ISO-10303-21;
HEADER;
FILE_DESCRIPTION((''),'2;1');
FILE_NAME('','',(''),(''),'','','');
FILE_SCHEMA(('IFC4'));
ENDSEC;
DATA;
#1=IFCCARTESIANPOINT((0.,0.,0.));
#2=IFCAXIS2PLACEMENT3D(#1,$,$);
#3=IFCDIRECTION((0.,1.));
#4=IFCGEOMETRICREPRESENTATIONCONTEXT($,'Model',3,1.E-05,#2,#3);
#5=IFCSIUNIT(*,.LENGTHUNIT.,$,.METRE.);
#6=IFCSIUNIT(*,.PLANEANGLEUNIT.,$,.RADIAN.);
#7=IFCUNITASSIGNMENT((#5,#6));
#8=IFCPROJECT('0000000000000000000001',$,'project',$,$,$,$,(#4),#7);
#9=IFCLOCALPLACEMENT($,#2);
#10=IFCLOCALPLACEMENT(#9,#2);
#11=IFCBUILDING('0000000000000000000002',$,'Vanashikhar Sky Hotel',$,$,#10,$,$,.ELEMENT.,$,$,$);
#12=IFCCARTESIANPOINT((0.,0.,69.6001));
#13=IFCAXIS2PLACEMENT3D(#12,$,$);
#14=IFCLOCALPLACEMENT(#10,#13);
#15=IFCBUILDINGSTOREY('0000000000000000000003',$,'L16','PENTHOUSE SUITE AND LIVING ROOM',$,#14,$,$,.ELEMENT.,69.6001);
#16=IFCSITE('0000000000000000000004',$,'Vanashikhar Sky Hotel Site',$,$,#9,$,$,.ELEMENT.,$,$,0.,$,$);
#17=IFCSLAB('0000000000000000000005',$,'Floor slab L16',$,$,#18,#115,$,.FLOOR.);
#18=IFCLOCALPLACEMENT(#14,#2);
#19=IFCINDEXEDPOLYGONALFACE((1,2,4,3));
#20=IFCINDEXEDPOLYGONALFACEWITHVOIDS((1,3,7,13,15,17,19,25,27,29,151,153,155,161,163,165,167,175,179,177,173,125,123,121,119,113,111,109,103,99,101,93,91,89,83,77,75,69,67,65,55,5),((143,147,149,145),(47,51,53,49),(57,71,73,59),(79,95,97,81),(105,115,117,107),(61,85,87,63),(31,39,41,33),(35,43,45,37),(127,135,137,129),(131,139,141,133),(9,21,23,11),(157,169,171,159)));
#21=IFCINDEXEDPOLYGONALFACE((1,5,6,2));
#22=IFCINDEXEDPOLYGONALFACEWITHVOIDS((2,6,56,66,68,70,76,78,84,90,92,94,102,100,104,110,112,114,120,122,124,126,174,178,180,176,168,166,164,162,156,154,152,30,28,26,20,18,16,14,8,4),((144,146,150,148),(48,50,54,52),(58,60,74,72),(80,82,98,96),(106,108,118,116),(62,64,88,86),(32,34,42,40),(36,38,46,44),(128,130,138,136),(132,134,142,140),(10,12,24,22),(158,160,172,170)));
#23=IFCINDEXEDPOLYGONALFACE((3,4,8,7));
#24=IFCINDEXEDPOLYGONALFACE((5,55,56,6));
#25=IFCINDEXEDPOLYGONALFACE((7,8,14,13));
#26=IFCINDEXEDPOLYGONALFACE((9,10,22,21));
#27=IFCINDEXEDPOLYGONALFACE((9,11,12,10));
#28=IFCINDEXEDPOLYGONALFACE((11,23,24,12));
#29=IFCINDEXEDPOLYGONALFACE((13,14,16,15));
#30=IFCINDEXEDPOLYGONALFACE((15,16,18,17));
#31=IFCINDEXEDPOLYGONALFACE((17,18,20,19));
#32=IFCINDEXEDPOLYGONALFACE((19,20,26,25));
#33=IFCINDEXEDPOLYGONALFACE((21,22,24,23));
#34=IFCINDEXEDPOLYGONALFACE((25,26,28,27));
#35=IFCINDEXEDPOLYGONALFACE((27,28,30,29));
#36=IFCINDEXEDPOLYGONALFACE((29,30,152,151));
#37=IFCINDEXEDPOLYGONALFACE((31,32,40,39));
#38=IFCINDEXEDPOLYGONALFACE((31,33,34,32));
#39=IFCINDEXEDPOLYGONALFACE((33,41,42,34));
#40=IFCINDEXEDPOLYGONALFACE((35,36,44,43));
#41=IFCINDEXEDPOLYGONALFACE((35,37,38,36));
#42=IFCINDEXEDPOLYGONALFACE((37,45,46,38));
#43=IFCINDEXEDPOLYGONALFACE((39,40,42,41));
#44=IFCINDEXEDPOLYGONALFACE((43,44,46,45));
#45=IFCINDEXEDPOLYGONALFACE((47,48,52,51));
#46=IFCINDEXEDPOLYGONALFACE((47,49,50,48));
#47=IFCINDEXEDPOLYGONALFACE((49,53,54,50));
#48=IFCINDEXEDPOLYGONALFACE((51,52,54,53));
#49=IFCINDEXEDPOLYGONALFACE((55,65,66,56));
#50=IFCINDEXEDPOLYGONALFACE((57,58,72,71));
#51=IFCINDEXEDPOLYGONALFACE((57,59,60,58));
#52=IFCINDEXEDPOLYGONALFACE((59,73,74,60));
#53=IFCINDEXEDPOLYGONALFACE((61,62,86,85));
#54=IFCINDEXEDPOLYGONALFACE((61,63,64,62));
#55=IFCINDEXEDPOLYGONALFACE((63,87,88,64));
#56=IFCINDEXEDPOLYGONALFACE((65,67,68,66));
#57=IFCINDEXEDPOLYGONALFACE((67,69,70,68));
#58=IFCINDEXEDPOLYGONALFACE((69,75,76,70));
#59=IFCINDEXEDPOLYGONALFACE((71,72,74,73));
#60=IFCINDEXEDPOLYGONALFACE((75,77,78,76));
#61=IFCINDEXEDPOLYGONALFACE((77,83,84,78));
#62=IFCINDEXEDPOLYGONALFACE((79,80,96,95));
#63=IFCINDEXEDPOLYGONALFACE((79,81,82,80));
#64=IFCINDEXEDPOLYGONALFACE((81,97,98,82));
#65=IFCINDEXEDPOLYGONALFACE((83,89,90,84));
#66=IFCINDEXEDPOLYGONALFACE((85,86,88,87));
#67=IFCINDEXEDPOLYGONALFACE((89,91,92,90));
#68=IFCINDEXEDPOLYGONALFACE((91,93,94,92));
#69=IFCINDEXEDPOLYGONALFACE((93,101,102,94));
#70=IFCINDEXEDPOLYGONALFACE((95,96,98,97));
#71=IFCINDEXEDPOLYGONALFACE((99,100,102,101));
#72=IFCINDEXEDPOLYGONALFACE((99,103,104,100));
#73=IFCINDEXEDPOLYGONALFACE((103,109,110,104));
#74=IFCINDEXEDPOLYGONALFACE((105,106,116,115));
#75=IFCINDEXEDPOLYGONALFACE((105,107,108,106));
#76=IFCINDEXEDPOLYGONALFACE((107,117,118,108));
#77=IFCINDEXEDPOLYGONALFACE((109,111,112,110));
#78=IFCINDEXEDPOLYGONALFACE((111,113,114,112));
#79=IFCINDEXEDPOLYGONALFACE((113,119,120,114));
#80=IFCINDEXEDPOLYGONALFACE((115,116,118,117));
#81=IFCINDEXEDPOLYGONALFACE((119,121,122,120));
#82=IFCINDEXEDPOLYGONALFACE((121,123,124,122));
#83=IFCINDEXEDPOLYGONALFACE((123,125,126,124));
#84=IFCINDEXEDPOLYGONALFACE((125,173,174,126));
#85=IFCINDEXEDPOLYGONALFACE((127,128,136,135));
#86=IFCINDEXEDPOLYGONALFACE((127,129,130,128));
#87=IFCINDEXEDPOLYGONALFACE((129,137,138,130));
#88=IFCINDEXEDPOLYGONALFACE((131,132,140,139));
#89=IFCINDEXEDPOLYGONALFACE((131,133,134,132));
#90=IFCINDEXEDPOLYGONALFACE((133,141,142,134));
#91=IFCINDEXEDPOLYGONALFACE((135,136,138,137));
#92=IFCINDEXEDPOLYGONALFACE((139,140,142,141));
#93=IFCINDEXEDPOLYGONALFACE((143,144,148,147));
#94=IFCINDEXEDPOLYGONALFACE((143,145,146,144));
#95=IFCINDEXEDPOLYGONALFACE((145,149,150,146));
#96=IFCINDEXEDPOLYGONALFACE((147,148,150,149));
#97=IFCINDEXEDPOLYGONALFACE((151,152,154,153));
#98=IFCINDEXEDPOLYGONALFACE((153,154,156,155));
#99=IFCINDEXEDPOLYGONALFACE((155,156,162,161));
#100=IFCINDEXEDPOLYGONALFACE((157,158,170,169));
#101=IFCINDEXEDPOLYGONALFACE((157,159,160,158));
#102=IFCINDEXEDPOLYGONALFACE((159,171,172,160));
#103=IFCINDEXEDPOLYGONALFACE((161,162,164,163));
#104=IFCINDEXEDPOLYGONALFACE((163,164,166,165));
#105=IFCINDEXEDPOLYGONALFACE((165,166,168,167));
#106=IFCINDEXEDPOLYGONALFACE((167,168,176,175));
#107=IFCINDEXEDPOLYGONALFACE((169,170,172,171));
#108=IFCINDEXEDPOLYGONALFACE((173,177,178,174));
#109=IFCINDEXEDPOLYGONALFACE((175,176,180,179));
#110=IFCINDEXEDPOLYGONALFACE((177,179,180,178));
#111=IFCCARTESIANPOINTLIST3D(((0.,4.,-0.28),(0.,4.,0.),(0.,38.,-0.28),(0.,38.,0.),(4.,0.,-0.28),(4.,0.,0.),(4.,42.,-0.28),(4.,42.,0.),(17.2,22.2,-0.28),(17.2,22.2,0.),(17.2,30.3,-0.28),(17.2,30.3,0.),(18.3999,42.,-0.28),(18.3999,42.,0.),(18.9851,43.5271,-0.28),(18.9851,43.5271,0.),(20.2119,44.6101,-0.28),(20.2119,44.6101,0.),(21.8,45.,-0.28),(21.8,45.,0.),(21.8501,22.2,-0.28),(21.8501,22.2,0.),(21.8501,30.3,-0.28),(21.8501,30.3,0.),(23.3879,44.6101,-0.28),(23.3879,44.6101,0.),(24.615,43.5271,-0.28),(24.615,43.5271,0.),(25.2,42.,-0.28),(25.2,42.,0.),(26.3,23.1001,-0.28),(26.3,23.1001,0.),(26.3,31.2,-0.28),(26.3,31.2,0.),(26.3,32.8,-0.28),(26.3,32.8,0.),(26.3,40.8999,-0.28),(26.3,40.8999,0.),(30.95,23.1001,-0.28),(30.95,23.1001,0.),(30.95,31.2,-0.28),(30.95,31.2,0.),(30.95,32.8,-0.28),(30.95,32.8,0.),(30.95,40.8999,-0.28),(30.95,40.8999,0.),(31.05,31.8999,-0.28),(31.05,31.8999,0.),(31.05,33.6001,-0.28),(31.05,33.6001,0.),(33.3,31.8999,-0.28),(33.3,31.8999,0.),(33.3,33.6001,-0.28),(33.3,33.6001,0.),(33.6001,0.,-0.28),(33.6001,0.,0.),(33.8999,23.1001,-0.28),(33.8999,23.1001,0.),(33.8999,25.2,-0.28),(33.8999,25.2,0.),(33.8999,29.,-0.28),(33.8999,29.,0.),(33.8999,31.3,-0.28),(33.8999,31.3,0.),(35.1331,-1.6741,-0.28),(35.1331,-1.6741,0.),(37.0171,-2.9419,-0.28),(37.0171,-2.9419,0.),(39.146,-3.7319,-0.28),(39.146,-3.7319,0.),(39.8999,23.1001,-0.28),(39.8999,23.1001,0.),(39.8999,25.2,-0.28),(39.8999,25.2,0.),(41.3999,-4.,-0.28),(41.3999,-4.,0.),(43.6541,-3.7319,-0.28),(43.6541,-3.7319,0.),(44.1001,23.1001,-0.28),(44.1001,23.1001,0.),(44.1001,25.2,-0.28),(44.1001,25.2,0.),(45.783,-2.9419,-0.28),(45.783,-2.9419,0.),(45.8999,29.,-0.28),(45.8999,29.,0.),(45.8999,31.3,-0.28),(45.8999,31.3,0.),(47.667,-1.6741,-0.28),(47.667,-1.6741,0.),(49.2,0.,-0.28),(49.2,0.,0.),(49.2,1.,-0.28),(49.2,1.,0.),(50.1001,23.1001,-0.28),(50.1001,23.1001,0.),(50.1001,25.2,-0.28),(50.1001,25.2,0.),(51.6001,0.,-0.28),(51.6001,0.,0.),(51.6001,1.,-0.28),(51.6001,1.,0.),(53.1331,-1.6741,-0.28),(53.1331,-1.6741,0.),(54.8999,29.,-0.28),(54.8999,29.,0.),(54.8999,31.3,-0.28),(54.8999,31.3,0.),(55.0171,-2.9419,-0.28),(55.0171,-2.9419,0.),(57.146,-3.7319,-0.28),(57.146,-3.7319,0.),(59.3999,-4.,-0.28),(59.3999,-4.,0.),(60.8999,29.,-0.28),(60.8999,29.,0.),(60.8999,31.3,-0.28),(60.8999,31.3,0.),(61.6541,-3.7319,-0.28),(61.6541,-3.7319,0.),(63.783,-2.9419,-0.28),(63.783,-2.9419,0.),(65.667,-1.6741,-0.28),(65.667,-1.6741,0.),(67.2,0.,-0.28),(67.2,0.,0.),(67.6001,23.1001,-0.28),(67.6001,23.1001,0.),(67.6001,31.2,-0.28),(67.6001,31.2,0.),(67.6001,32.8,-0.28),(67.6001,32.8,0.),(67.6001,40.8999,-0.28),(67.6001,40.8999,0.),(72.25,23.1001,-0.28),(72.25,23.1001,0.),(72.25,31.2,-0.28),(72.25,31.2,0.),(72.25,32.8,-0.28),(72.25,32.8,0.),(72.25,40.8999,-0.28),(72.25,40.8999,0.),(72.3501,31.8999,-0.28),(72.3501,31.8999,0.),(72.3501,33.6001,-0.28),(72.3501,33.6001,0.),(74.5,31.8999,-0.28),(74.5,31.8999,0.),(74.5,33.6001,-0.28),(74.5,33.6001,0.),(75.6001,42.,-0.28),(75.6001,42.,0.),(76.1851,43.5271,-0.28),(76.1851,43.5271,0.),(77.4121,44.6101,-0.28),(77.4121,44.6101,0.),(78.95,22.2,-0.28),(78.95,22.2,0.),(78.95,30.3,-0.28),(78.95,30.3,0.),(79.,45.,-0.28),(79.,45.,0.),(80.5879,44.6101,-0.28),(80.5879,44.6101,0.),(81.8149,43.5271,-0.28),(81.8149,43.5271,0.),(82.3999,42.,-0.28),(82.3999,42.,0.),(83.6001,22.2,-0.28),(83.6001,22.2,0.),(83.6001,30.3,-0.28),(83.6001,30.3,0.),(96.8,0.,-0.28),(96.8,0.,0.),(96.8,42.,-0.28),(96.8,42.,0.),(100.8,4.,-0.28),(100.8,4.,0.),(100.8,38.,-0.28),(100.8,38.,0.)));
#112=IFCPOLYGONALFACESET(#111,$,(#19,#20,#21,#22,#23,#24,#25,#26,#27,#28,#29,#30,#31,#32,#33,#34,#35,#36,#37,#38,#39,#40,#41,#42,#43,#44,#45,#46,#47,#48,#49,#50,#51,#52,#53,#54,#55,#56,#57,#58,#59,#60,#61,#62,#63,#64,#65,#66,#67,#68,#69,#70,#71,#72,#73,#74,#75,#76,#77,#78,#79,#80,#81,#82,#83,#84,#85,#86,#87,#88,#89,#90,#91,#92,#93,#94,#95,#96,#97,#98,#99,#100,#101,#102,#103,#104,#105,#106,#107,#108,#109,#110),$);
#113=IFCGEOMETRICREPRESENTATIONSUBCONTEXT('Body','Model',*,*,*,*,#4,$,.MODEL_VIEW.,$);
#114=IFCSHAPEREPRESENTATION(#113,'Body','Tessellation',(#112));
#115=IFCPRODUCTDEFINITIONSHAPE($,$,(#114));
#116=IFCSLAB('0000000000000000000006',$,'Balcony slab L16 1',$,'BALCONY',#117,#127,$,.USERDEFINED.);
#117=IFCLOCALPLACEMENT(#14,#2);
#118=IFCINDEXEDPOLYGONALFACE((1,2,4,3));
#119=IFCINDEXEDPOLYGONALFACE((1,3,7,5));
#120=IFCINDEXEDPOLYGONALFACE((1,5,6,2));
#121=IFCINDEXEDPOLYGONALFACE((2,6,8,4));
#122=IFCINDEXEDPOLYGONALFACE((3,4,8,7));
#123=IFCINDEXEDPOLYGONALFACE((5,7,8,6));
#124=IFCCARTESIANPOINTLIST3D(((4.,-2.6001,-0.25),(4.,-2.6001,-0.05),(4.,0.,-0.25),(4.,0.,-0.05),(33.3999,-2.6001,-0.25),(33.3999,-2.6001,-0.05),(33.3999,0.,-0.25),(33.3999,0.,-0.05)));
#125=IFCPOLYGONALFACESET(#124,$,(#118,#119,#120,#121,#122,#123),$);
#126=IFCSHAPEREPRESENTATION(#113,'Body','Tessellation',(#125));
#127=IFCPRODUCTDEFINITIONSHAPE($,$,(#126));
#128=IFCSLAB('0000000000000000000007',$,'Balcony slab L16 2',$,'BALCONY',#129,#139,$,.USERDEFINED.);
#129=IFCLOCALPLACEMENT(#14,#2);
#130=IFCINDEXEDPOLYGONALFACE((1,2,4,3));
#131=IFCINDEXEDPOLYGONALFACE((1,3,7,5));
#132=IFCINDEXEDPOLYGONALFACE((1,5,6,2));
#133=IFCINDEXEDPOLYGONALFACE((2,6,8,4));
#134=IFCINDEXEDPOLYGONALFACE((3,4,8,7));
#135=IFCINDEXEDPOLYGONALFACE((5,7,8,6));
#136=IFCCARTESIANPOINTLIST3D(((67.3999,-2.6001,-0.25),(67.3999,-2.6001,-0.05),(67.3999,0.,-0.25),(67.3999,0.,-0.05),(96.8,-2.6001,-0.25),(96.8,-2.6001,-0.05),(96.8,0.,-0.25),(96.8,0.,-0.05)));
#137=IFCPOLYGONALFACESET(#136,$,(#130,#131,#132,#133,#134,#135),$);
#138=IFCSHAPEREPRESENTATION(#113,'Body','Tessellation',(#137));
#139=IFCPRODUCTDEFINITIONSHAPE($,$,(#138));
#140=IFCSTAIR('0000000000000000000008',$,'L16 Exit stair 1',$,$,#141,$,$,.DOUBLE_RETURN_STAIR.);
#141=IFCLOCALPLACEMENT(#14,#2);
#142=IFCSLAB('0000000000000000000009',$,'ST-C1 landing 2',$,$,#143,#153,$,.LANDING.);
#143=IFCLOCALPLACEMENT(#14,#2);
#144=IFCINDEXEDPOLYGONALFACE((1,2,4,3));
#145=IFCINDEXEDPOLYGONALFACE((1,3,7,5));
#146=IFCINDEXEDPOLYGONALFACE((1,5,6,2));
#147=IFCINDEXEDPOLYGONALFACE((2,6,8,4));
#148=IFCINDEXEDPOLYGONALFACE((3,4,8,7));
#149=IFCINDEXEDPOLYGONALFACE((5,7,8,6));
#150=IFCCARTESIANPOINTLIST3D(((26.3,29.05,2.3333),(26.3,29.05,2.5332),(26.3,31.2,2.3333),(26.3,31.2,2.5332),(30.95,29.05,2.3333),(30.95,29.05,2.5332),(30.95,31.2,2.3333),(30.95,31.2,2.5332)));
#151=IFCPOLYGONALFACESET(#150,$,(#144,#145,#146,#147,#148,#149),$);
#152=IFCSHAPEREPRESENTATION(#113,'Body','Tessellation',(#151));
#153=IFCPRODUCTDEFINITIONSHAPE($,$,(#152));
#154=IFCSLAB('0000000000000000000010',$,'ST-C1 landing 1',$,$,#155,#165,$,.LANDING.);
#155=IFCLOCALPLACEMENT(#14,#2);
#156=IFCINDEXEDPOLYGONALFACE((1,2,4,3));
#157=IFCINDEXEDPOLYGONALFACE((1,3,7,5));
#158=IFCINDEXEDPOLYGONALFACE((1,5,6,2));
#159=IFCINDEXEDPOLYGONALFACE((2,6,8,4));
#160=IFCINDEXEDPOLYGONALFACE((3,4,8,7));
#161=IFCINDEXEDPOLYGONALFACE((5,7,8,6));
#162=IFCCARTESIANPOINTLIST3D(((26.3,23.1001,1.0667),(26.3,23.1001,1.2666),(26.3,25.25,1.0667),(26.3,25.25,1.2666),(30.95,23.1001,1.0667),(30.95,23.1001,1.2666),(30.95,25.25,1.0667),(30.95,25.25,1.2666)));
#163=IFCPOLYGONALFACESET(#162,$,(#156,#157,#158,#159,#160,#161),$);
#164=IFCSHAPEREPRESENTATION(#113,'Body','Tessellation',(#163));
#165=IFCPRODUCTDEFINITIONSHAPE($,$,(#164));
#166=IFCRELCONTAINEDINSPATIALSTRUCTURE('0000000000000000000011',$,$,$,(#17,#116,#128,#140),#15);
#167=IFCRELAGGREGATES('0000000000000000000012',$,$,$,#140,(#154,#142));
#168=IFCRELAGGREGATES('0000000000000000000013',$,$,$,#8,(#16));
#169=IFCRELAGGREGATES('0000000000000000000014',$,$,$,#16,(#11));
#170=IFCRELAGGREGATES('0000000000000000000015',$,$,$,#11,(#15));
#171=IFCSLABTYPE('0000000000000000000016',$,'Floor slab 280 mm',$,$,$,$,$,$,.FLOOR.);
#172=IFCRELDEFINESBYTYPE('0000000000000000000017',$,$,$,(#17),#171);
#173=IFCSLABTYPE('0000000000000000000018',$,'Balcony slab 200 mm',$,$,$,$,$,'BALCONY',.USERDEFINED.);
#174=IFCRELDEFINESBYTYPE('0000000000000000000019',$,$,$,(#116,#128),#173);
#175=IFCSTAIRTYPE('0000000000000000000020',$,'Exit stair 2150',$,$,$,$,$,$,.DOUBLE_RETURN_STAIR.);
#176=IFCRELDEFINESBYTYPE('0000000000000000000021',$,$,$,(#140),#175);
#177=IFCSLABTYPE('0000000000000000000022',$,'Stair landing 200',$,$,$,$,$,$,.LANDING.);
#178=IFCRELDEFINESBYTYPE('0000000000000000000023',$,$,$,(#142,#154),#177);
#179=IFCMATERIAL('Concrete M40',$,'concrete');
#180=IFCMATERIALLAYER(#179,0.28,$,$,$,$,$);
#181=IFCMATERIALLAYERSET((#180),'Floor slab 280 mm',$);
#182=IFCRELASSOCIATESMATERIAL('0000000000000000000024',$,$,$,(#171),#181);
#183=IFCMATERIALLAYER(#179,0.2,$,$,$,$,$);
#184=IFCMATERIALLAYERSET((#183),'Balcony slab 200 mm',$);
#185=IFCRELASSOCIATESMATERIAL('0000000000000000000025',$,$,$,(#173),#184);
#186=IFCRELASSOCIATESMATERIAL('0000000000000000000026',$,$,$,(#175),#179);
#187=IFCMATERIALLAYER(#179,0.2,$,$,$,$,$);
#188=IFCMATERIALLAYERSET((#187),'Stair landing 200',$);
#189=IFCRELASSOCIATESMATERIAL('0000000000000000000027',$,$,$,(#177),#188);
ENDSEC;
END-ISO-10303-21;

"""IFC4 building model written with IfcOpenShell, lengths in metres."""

from ifc_helpers import new_model, si_unit, direction, frame, origin, place, context, subcontext, project, spatial, polyline, outline, extrude, source, transform, mapped, material, layer, layer_set, type_object, element, aggregate, save


model = new_model("IFC4")

# Units and contexts
model_context = context("Model", 3, precision=1e-05, world=origin(), true_north=direction((0.0, 1.0)))
body_context = subcontext(model_context, "Body", "Model", "MODEL_VIEW")
ifc_project = project(units=[si_unit("LENGTHUNIT", "METRE"), si_unit("PLANEANGLEUNIT", "RADIAN")], contexts=[model_context])

# Site, building, storey
site_placement = place(None, origin())
site = spatial("IfcSite", under=ifc_project, at=site_placement, Name="Vanashikhar Sky Hotel Site", CompositionType="ELEMENT", RefElevation=0.0)
building_placement = place(site_placement, origin())
building = spatial("IfcBuilding", under=site, at=building_placement, Name="Vanashikhar Sky Hotel", CompositionType="ELEMENT")
storey_placement = place(building_placement, frame((0.0, 0.0, 69.6001)))
storey = spatial("IfcBuildingStorey", under=building, at=storey_placement, Name="L16", Description="PENTHOUSE SUITE AND LIVING ROOM", CompositionType="ELEMENT", Elevation=69.6001)

# Slabs
ifc_material_1 = material(Name="Concrete M40", Category="concrete")
ifc_layer_1 = layer(ifc_material_1, 0.28)
ifc_layer_set_1 = layer_set([ifc_layer_1], Name="Floor slab 280 mm")
slab_type_1 = type_object("IfcSlabType", Name="Floor slab 280 mm", PredefinedType="FLOOR", material=ifc_layer_set_1)
shared_shape_1 = source(origin(), body_context, "Body", "SweptSolid", [
    extrude(outline(polyline([(49.2, 0.0), (49.2, 1.0), (51.6001, 1.0), (51.6001, 0.0), (53.1331, -1.6741), (55.0171, -2.9419), (57.146, -3.7319), (59.3999, -4.0), (61.6541, -3.7319), (63.783, -2.9419), (65.667, -1.6741), (67.2, 0.0), (96.8, 0.0), (100.8, 4.0), (100.8, 38.0), (96.8, 42.0), (82.3999, 42.0), (81.8149, 43.5271), (80.5879, 44.6101), (79.0, 45.0), (77.4121, 44.6101), (76.1851, 43.5271), (75.6001, 42.0), (25.2, 42.0), (24.615, 43.5271), (23.3879, 44.6101), (21.8, 45.0), (20.2119, 44.6101), (18.9851, 43.5271), (18.3999, 42.0), (4.0, 42.0), (0.0, 38.0), (0.0, 4.0), (4.0, 0.0), (33.6001, 0.0), (35.1331, -1.6741), (37.0171, -2.9419), (39.146, -3.7319), (41.3999, -4.0), (43.6541, -3.7319), (45.783, -2.9419), (47.667, -1.6741), (49.2, 0.0)]), holes=[polyline([(33.3, 33.6001), (31.05, 33.6001), (31.05, 31.8999), (33.3, 31.8999), (33.3, 33.6001)]), polyline([(33.8999, 25.2), (33.8999, 23.1001), (39.8999, 23.1001), (39.8999, 25.2), (33.8999, 25.2)]), polyline([(33.8999, 31.3), (33.8999, 29.0), (45.8999, 29.0), (45.8999, 31.3), (33.8999, 31.3)]), polyline([(44.1001, 25.2), (44.1001, 23.1001), (50.1001, 23.1001), (50.1001, 25.2), (44.1001, 25.2)]), polyline([(54.8999, 31.3), (54.8999, 29.0), (60.8999, 29.0), (60.8999, 31.3), (54.8999, 31.3)]), polyline([(74.5, 33.6001), (72.3501, 33.6001), (72.3501, 31.8999), (74.5, 31.8999), (74.5, 33.6001)]), polyline([(30.95, 23.1001), (30.95, 31.2), (26.3, 31.2), (26.3, 23.1001), (30.95, 23.1001)]), polyline([(72.25, 23.1001), (72.25, 31.2), (67.6001, 31.2), (67.6001, 23.1001), (72.25, 23.1001)]), polyline([(30.95, 32.8), (30.95, 40.8999), (26.3, 40.8999), (26.3, 32.8), (30.95, 32.8)]), polyline([(72.25, 32.8), (72.25, 40.8999), (67.6001, 40.8999), (67.6001, 32.8), (72.25, 32.8)]), polyline([(83.6001, 22.2), (83.6001, 30.3), (78.95, 30.3), (78.95, 22.2), (83.6001, 22.2)]), polyline([(21.8501, 22.2), (21.8501, 30.3), (17.2, 30.3), (17.2, 22.2), (21.8501, 22.2)])]), origin(), (0.0, 0.0, 1.0), 0.28),
])
slab_1_placement = place(storey_placement, frame((0.0, 0.0, -0.28)))
element("IfcSlab", 1, at=slab_1_placement, inside=storey, type_object=slab_type_1, Name="Floor slab L16", PredefinedType="FLOOR", context=body_context, shape_type="MappedRepresentation", body=[
    mapped(shared_shape_1, transform((0.0, 0.0, 0.0), scale=1.0)),
])
ifc_layer_2 = layer(ifc_material_1, 0.2)
ifc_layer_set_2 = layer_set([ifc_layer_2], Name="Balcony slab 200 mm")
slab_type_2 = type_object("IfcSlabType", Name="Balcony slab 200 mm", ElementType="BALCONY", PredefinedType="USERDEFINED", material=ifc_layer_set_2)
shared_shape_2 = source(origin(), body_context, "Body", "SweptSolid", [
    extrude(outline(polyline([(4.0, -2.6001), (33.3999, -2.6001), (33.3999, 0.0), (4.0, 0.0), (4.0, -2.6001)])), origin(), (0.0, 0.0, 1.0), 0.2),
])
slab_2_placement = place(storey_placement, frame((0.0, 0.0, -0.25)))
element("IfcSlab", 2, at=slab_2_placement, inside=storey, type_object=slab_type_2, Name="Balcony slab L16 1", ObjectType="BALCONY", PredefinedType="USERDEFINED", context=body_context, shape_type="MappedRepresentation", body=[
    mapped(shared_shape_2, transform((0.0, 0.0, 0.0), scale=1.0)),
])
shared_shape_3 = source(origin(), body_context, "Body", "SweptSolid", [
    extrude(outline(polyline([(67.3999, -2.6001), (96.8, -2.6001), (96.8, 0.0), (67.3999, 0.0), (67.3999, -2.6001)])), origin(), (0.0, 0.0, 1.0), 0.2),
])
slab_3_placement = place(storey_placement, frame((0.0, 0.0, -0.25)))
element("IfcSlab", 3, at=slab_3_placement, inside=storey, type_object=slab_type_2, Name="Balcony slab L16 2", ObjectType="BALCONY", PredefinedType="USERDEFINED", context=body_context, shape_type="MappedRepresentation", body=[
    mapped(shared_shape_3, transform((0.0, 0.0, 0.0), scale=1.0)),
])

# Stair, slabs
stair_type = type_object("IfcStairType", Name="Exit stair 2150", PredefinedType="DOUBLE_RETURN_STAIR", material=ifc_material_1)
stair_1_placement = place(storey_placement, origin())
stair_1 = element("IfcStair", 4, at=stair_1_placement, inside=storey, type_object=stair_type, Name="L16 Exit stair 1", PredefinedType="DOUBLE_RETURN_STAIR")
ifc_layer_3 = layer(ifc_material_1, 0.2)
ifc_layer_set_3 = layer_set([ifc_layer_3], Name="Stair landing 200")
slab_type_3 = type_object("IfcSlabType", Name="Stair landing 200", PredefinedType="LANDING", material=ifc_layer_set_3)
shared_shape_4 = source(origin(), body_context, "Body", "SweptSolid", [
    extrude(outline(polyline([(30.95, 29.05), (30.95, 31.2), (26.3, 31.2), (26.3, 29.05), (30.95, 29.05)])), origin(), (0.0, 0.0, 1.0), 0.2),
])
slab_4_placement = place(storey_placement, frame((0.0, 0.0, 2.3333)))
slab_4 = element("IfcSlab", 5, at=slab_4_placement, type_object=slab_type_3, Name="ST-C1 landing 2", PredefinedType="LANDING", context=body_context, shape_type="MappedRepresentation", body=[
    mapped(shared_shape_4, transform((0.0, 0.0, 0.0), scale=1.0)),
])
shared_shape_5 = source(origin(), body_context, "Body", "SweptSolid", [
    extrude(outline(polyline([(30.95, 23.1001), (30.95, 25.25), (26.3, 25.25), (26.3, 23.1001), (30.95, 23.1001)])), origin(), (0.0, 0.0, 1.0), 0.2),
])
slab_5_placement = place(storey_placement, frame((0.0, 0.0, 1.0667)))
slab_5 = element("IfcSlab", 6, at=slab_5_placement, type_object=slab_type_3, Name="ST-C1 landing 1", PredefinedType="LANDING", context=body_context, shape_type="MappedRepresentation", body=[
    mapped(shared_shape_5, transform((0.0, 0.0, 0.0), scale=1.0)),
])
aggregate(stair_1, [slab_5, slab_4])

save(model, "model.ifc")
